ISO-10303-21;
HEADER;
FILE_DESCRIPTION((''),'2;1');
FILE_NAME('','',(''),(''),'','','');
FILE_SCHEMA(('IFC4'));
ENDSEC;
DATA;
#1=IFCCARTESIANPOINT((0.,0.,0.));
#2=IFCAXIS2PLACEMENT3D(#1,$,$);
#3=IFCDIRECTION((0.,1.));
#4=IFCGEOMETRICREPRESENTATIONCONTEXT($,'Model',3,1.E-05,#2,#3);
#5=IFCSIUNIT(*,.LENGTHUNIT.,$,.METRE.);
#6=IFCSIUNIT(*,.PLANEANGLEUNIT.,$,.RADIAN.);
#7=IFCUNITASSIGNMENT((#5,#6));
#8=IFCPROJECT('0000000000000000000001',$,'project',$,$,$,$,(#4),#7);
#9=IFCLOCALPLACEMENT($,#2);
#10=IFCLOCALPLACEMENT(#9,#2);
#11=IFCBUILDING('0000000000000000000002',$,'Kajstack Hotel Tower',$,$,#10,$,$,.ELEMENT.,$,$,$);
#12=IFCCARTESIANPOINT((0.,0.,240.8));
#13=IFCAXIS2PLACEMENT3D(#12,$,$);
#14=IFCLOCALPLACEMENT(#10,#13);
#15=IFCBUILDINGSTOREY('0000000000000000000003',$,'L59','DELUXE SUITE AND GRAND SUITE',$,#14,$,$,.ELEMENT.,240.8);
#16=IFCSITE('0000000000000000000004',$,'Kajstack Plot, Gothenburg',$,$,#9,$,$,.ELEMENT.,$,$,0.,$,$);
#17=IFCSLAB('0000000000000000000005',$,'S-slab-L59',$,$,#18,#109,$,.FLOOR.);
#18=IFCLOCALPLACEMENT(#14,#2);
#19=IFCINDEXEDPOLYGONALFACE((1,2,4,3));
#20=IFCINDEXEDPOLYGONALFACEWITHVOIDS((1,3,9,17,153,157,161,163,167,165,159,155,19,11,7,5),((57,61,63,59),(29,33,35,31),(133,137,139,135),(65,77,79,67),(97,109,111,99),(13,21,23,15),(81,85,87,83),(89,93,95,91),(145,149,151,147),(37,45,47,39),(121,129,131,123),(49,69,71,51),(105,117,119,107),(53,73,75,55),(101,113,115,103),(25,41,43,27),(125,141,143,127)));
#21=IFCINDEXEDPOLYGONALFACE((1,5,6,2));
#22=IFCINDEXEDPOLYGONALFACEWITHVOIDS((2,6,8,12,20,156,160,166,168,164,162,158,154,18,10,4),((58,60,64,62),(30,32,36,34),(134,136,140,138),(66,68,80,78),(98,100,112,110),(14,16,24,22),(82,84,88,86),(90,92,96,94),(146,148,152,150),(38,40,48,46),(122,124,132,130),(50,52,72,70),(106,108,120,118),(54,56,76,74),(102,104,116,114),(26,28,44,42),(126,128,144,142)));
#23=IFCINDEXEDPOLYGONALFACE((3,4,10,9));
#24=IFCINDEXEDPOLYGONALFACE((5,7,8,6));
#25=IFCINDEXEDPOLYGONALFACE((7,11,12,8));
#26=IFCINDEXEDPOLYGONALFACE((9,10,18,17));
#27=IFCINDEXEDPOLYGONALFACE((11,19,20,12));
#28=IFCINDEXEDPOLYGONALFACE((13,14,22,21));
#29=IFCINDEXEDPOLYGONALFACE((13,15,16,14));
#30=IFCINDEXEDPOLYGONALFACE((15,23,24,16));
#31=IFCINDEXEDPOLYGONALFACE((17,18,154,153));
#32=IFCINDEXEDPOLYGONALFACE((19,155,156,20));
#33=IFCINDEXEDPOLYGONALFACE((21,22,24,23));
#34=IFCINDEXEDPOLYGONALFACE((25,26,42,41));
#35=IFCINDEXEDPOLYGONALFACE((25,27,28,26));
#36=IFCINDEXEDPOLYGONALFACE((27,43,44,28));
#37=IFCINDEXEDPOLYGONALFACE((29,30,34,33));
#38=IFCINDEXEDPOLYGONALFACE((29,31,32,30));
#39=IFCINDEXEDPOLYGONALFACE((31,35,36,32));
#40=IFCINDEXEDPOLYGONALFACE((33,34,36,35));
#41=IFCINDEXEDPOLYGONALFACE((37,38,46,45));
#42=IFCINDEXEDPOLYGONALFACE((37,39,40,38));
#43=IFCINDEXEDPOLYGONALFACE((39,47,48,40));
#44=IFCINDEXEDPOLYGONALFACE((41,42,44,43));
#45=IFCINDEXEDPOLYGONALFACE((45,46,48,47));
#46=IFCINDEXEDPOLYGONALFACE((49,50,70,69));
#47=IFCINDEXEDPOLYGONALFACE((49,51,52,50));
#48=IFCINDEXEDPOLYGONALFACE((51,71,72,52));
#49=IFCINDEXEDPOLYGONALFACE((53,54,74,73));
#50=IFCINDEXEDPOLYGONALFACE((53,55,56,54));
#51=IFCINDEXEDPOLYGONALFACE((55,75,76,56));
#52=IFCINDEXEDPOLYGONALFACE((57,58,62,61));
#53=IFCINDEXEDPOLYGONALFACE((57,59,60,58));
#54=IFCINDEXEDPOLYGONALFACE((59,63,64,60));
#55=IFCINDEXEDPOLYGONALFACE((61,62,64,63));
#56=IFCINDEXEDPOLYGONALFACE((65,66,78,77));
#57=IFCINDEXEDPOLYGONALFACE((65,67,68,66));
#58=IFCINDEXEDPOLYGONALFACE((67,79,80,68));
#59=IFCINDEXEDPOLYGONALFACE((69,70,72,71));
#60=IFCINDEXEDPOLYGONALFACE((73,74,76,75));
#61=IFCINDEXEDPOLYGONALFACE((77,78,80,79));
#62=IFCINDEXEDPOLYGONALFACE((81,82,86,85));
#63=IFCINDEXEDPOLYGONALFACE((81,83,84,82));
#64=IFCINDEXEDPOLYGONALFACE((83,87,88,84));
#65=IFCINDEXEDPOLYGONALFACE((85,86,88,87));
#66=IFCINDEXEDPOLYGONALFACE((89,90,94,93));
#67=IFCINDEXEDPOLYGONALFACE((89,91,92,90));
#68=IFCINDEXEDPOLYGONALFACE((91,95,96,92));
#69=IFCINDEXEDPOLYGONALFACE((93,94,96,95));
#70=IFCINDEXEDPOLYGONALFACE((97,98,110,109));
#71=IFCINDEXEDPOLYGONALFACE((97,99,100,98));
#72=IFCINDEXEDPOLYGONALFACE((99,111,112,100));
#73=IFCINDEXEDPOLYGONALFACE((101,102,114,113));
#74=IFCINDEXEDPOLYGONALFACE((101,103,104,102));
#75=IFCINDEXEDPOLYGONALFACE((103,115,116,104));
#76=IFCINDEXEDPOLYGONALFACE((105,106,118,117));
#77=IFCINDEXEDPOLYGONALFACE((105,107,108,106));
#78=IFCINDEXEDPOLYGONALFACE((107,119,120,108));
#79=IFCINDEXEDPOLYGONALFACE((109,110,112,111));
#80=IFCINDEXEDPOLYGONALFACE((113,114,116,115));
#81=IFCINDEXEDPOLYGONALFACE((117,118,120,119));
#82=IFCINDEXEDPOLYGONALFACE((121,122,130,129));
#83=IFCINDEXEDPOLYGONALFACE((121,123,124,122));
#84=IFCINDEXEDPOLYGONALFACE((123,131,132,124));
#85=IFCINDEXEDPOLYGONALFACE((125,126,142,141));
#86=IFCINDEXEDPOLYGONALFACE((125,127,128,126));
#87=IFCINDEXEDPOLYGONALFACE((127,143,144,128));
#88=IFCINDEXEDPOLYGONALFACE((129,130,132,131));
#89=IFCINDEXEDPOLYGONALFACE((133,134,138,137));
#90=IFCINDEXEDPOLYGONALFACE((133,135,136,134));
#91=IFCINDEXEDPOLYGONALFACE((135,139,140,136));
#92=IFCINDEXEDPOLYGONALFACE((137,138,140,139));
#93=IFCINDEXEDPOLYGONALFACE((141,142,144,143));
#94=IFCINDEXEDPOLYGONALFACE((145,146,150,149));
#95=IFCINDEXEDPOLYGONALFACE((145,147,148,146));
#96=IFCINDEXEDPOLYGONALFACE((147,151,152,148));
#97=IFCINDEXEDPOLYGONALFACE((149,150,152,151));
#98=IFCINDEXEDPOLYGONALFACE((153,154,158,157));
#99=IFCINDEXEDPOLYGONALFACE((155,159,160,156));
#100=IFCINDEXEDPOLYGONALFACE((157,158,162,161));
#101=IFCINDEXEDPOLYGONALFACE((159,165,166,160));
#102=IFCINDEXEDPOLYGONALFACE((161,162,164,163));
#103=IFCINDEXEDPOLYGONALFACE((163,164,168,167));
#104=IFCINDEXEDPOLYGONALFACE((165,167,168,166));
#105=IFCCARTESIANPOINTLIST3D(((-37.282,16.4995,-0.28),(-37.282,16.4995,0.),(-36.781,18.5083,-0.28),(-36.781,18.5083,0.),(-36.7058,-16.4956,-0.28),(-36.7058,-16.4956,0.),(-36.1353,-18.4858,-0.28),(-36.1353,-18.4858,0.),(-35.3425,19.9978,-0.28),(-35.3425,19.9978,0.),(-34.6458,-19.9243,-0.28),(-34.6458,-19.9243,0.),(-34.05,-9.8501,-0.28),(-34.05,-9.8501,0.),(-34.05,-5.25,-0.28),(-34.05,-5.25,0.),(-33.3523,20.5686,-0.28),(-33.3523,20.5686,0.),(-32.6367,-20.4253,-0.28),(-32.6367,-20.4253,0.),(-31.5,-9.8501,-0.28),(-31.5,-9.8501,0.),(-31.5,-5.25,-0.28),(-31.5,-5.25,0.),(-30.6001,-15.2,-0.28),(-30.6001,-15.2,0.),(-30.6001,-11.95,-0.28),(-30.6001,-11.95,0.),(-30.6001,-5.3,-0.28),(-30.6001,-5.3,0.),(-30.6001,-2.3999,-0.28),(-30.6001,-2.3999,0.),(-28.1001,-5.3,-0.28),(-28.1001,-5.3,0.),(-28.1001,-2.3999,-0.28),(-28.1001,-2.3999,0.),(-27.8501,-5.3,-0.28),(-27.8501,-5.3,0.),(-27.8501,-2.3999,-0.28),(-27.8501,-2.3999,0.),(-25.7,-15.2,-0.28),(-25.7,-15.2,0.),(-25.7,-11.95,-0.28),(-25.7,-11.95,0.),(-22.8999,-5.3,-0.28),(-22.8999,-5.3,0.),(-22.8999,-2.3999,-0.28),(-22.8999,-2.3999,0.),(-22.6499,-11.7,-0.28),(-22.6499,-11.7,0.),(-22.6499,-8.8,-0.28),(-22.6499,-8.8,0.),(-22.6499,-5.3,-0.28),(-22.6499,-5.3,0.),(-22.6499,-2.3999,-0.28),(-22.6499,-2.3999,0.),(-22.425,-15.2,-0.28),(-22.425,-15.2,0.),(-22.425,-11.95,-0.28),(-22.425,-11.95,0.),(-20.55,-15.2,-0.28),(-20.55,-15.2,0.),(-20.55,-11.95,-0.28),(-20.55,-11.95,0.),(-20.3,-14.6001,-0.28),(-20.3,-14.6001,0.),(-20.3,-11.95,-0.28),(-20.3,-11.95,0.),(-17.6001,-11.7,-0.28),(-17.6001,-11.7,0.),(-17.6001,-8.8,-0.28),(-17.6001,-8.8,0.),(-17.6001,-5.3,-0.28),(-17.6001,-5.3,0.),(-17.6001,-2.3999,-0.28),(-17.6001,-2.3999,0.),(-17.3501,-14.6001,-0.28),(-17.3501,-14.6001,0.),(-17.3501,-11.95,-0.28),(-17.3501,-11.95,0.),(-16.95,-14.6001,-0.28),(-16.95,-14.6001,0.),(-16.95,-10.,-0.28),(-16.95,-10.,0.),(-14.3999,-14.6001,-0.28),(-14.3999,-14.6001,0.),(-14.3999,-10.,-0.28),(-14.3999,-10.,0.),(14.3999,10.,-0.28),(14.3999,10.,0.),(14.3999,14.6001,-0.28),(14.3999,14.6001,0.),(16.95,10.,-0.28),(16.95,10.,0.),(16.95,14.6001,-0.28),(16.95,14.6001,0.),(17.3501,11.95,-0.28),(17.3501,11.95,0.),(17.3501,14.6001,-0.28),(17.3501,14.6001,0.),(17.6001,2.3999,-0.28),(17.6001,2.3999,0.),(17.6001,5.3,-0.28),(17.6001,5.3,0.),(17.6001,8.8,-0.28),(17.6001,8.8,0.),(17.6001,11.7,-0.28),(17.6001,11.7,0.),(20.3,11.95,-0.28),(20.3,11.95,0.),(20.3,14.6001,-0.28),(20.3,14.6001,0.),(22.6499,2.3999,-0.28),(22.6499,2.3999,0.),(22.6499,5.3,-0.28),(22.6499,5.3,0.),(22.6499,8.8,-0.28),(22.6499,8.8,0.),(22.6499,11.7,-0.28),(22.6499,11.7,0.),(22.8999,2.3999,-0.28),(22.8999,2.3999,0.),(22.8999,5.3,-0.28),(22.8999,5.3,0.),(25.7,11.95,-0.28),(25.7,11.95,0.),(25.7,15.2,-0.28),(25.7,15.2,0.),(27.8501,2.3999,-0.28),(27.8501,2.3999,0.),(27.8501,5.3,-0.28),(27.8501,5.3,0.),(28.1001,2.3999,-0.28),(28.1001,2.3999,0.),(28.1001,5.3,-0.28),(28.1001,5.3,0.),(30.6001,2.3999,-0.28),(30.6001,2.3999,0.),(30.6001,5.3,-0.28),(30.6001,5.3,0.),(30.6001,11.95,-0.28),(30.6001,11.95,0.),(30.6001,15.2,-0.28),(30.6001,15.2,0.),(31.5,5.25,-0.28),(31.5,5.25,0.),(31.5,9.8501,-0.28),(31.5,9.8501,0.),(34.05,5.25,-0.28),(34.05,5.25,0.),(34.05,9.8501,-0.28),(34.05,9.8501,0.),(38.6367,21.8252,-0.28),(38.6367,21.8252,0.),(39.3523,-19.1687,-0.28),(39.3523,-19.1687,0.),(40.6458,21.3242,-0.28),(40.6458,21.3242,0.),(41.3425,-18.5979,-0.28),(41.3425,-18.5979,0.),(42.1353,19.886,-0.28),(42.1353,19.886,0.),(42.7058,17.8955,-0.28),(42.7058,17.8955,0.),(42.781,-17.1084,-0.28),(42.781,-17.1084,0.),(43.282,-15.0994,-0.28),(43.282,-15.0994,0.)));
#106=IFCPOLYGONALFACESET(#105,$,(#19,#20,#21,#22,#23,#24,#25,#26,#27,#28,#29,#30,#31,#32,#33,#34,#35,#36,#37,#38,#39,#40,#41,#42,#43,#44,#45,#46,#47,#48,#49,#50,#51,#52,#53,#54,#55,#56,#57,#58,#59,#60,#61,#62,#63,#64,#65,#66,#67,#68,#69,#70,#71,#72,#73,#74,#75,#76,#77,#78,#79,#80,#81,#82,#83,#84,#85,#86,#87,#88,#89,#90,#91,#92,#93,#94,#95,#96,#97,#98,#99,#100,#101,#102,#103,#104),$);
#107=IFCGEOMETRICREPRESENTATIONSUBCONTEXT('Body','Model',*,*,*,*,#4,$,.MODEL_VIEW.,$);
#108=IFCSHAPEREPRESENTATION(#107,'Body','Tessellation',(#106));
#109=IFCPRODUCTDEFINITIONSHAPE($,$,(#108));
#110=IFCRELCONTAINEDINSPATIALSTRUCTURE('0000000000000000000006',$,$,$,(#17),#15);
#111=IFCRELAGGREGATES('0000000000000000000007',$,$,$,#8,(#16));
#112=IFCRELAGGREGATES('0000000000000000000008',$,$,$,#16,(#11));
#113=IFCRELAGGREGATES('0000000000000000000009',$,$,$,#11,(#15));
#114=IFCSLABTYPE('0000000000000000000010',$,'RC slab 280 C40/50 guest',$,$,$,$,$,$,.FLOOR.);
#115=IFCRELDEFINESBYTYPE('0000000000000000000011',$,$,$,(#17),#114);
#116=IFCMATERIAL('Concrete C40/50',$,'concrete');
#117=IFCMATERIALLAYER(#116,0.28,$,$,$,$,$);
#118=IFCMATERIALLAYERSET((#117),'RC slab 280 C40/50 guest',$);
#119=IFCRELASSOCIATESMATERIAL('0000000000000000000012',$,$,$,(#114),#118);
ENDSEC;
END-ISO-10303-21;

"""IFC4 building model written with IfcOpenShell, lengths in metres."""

from ifc_helpers import new_model, si_unit, direction, frame, origin, place, context, subcontext, project, spatial, polyline, outline, extrude, material, layer, layer_set, type_object, element, save


model = new_model("IFC4")

# Units and contexts
model_context = context("Model", 3, precision=1e-05, world=origin(), true_north=direction((0.0, 1.0)))
body_context = subcontext(model_context, "Body", "Model", "MODEL_VIEW")
ifc_project = project(units=[si_unit("LENGTHUNIT", "METRE"), si_unit("PLANEANGLEUNIT", "RADIAN")], contexts=[model_context])

# Site, building, storey
site_placement = place(None, origin())
site = spatial("IfcSite", under=ifc_project, at=site_placement, Name="Kajstack Plot, Gothenburg", CompositionType="ELEMENT", RefElevation=0.0)
building_placement = place(site_placement, origin())
building = spatial("IfcBuilding", under=site, at=building_placement, Name="Kajstack Hotel Tower", CompositionType="ELEMENT")
storey_placement = place(building_placement, frame((0.0, 0.0, 240.8)))
storey = spatial("IfcBuildingStorey", under=building, at=storey_placement, Name="L59", Description="DELUXE SUITE AND GRAND SUITE", CompositionType="ELEMENT", Elevation=240.8)

# Slab
ifc_material_1 = material(Name="Concrete C40/50", Category="concrete")
ifc_layer_1 = layer(ifc_material_1, 0.28)
ifc_layer_set_1 = layer_set([ifc_layer_1], Name="RC slab 280 C40/50 guest")
slab_type = type_object("IfcSlabType", Name="RC slab 280 C40/50 guest", PredefinedType="FLOOR", material=ifc_layer_set_1)
slab_placement = place(storey_placement, frame((0.0, 0.0, -0.28)))
element("IfcSlab", 1, at=slab_placement, inside=storey, type_object=slab_type, Name="S-slab-L59", PredefinedType="FLOOR", context=body_context, shape_type="SweptSolid", body=[
    extrude(outline(polyline([(-37.282, 16.4995), (-36.7058, -16.4956), (-36.1353, -18.4858), (-34.6458, -19.9243), (-32.6367, -20.4253), (39.3523, -19.1687), (41.3425, -18.5979), (42.781, -17.1084), (43.282, -15.0994), (42.7058, 17.8955), (42.1353, 19.886), (40.6458, 21.3242), (38.6367, 21.8252), (-33.3523, 20.5686), (-35.3425, 19.9978), (-36.781, 18.5083), (-37.282, 16.4995)]), holes=[polyline([(-22.6499, -11.7), (-22.6499, -8.8), (-17.6001, -8.8), (-17.6001, -11.7), (-22.6499, -11.7)]), polyline([(-27.8501, -5.3), (-27.8501, -2.3999), (-22.8999, -2.3999), (-22.8999, -5.3), (-27.8501, -5.3)]), polyline([(-22.6499, -5.3), (-22.6499, -2.3999), (-17.6001, -2.3999), (-17.6001, -5.3), (-22.6499, -5.3)]), polyline([(-20.3, -14.6001), (-17.3501, -14.6001), (-17.3501, -11.95), (-20.3, -11.95), (-20.3, -14.6001)]), polyline([(-30.6001, -5.3), (-28.1001, -5.3), (-28.1001, -2.3999), (-30.6001, -2.3999), (-30.6001, -5.3)]), polyline([(17.6001, 8.8), (17.6001, 11.7), (22.6499, 11.7), (22.6499, 8.8), (17.6001, 8.8)]), polyline([(22.8999, 2.3999), (22.8999, 5.3), (27.8501, 5.3), (27.8501, 2.3999), (22.8999, 2.3999)]), polyline([(17.6001, 2.3999), (17.6001, 5.3), (22.6499, 5.3), (22.6499, 2.3999), (17.6001, 2.3999)]), polyline([(20.3, 14.6001), (17.3501, 14.6001), (17.3501, 11.95), (20.3, 11.95), (20.3, 14.6001)]), polyline([(30.6001, 5.3), (28.1001, 5.3), (28.1001, 2.3999), (30.6001, 2.3999), (30.6001, 5.3)]), polyline([(-34.05, -9.8501), (-31.5, -9.8501), (-31.5, -5.25), (-34.05, -5.25), (-34.05, -9.8501)]), polyline([(-16.95, -14.6001), (-14.3999, -14.6001), (-14.3999, -10.0), (-16.95, -10.0), (-16.95, -14.6001)]), polyline([(-30.6001, -15.2), (-25.7, -15.2), (-25.7, -11.95), (-30.6001, -11.95), (-30.6001, -15.2)]), polyline([(34.05, 9.8501), (31.5, 9.8501), (31.5, 5.25), (34.05, 5.25), (34.05, 9.8501)]), polyline([(16.95, 14.6001), (14.3999, 14.6001), (14.3999, 10.0), (16.95, 10.0), (16.95, 14.6001)]), polyline([(30.6001, 15.2), (25.7, 15.2), (25.7, 11.95), (30.6001, 11.95), (30.6001, 15.2)]), polyline([(-22.425, -15.2), (-22.425, -11.95), (-20.55, -11.95), (-20.55, -15.2), (-22.425, -15.2)])]), origin(), (0.0, 0.0, 1.0), 0.28),
])

save(model, "model.ifc")
